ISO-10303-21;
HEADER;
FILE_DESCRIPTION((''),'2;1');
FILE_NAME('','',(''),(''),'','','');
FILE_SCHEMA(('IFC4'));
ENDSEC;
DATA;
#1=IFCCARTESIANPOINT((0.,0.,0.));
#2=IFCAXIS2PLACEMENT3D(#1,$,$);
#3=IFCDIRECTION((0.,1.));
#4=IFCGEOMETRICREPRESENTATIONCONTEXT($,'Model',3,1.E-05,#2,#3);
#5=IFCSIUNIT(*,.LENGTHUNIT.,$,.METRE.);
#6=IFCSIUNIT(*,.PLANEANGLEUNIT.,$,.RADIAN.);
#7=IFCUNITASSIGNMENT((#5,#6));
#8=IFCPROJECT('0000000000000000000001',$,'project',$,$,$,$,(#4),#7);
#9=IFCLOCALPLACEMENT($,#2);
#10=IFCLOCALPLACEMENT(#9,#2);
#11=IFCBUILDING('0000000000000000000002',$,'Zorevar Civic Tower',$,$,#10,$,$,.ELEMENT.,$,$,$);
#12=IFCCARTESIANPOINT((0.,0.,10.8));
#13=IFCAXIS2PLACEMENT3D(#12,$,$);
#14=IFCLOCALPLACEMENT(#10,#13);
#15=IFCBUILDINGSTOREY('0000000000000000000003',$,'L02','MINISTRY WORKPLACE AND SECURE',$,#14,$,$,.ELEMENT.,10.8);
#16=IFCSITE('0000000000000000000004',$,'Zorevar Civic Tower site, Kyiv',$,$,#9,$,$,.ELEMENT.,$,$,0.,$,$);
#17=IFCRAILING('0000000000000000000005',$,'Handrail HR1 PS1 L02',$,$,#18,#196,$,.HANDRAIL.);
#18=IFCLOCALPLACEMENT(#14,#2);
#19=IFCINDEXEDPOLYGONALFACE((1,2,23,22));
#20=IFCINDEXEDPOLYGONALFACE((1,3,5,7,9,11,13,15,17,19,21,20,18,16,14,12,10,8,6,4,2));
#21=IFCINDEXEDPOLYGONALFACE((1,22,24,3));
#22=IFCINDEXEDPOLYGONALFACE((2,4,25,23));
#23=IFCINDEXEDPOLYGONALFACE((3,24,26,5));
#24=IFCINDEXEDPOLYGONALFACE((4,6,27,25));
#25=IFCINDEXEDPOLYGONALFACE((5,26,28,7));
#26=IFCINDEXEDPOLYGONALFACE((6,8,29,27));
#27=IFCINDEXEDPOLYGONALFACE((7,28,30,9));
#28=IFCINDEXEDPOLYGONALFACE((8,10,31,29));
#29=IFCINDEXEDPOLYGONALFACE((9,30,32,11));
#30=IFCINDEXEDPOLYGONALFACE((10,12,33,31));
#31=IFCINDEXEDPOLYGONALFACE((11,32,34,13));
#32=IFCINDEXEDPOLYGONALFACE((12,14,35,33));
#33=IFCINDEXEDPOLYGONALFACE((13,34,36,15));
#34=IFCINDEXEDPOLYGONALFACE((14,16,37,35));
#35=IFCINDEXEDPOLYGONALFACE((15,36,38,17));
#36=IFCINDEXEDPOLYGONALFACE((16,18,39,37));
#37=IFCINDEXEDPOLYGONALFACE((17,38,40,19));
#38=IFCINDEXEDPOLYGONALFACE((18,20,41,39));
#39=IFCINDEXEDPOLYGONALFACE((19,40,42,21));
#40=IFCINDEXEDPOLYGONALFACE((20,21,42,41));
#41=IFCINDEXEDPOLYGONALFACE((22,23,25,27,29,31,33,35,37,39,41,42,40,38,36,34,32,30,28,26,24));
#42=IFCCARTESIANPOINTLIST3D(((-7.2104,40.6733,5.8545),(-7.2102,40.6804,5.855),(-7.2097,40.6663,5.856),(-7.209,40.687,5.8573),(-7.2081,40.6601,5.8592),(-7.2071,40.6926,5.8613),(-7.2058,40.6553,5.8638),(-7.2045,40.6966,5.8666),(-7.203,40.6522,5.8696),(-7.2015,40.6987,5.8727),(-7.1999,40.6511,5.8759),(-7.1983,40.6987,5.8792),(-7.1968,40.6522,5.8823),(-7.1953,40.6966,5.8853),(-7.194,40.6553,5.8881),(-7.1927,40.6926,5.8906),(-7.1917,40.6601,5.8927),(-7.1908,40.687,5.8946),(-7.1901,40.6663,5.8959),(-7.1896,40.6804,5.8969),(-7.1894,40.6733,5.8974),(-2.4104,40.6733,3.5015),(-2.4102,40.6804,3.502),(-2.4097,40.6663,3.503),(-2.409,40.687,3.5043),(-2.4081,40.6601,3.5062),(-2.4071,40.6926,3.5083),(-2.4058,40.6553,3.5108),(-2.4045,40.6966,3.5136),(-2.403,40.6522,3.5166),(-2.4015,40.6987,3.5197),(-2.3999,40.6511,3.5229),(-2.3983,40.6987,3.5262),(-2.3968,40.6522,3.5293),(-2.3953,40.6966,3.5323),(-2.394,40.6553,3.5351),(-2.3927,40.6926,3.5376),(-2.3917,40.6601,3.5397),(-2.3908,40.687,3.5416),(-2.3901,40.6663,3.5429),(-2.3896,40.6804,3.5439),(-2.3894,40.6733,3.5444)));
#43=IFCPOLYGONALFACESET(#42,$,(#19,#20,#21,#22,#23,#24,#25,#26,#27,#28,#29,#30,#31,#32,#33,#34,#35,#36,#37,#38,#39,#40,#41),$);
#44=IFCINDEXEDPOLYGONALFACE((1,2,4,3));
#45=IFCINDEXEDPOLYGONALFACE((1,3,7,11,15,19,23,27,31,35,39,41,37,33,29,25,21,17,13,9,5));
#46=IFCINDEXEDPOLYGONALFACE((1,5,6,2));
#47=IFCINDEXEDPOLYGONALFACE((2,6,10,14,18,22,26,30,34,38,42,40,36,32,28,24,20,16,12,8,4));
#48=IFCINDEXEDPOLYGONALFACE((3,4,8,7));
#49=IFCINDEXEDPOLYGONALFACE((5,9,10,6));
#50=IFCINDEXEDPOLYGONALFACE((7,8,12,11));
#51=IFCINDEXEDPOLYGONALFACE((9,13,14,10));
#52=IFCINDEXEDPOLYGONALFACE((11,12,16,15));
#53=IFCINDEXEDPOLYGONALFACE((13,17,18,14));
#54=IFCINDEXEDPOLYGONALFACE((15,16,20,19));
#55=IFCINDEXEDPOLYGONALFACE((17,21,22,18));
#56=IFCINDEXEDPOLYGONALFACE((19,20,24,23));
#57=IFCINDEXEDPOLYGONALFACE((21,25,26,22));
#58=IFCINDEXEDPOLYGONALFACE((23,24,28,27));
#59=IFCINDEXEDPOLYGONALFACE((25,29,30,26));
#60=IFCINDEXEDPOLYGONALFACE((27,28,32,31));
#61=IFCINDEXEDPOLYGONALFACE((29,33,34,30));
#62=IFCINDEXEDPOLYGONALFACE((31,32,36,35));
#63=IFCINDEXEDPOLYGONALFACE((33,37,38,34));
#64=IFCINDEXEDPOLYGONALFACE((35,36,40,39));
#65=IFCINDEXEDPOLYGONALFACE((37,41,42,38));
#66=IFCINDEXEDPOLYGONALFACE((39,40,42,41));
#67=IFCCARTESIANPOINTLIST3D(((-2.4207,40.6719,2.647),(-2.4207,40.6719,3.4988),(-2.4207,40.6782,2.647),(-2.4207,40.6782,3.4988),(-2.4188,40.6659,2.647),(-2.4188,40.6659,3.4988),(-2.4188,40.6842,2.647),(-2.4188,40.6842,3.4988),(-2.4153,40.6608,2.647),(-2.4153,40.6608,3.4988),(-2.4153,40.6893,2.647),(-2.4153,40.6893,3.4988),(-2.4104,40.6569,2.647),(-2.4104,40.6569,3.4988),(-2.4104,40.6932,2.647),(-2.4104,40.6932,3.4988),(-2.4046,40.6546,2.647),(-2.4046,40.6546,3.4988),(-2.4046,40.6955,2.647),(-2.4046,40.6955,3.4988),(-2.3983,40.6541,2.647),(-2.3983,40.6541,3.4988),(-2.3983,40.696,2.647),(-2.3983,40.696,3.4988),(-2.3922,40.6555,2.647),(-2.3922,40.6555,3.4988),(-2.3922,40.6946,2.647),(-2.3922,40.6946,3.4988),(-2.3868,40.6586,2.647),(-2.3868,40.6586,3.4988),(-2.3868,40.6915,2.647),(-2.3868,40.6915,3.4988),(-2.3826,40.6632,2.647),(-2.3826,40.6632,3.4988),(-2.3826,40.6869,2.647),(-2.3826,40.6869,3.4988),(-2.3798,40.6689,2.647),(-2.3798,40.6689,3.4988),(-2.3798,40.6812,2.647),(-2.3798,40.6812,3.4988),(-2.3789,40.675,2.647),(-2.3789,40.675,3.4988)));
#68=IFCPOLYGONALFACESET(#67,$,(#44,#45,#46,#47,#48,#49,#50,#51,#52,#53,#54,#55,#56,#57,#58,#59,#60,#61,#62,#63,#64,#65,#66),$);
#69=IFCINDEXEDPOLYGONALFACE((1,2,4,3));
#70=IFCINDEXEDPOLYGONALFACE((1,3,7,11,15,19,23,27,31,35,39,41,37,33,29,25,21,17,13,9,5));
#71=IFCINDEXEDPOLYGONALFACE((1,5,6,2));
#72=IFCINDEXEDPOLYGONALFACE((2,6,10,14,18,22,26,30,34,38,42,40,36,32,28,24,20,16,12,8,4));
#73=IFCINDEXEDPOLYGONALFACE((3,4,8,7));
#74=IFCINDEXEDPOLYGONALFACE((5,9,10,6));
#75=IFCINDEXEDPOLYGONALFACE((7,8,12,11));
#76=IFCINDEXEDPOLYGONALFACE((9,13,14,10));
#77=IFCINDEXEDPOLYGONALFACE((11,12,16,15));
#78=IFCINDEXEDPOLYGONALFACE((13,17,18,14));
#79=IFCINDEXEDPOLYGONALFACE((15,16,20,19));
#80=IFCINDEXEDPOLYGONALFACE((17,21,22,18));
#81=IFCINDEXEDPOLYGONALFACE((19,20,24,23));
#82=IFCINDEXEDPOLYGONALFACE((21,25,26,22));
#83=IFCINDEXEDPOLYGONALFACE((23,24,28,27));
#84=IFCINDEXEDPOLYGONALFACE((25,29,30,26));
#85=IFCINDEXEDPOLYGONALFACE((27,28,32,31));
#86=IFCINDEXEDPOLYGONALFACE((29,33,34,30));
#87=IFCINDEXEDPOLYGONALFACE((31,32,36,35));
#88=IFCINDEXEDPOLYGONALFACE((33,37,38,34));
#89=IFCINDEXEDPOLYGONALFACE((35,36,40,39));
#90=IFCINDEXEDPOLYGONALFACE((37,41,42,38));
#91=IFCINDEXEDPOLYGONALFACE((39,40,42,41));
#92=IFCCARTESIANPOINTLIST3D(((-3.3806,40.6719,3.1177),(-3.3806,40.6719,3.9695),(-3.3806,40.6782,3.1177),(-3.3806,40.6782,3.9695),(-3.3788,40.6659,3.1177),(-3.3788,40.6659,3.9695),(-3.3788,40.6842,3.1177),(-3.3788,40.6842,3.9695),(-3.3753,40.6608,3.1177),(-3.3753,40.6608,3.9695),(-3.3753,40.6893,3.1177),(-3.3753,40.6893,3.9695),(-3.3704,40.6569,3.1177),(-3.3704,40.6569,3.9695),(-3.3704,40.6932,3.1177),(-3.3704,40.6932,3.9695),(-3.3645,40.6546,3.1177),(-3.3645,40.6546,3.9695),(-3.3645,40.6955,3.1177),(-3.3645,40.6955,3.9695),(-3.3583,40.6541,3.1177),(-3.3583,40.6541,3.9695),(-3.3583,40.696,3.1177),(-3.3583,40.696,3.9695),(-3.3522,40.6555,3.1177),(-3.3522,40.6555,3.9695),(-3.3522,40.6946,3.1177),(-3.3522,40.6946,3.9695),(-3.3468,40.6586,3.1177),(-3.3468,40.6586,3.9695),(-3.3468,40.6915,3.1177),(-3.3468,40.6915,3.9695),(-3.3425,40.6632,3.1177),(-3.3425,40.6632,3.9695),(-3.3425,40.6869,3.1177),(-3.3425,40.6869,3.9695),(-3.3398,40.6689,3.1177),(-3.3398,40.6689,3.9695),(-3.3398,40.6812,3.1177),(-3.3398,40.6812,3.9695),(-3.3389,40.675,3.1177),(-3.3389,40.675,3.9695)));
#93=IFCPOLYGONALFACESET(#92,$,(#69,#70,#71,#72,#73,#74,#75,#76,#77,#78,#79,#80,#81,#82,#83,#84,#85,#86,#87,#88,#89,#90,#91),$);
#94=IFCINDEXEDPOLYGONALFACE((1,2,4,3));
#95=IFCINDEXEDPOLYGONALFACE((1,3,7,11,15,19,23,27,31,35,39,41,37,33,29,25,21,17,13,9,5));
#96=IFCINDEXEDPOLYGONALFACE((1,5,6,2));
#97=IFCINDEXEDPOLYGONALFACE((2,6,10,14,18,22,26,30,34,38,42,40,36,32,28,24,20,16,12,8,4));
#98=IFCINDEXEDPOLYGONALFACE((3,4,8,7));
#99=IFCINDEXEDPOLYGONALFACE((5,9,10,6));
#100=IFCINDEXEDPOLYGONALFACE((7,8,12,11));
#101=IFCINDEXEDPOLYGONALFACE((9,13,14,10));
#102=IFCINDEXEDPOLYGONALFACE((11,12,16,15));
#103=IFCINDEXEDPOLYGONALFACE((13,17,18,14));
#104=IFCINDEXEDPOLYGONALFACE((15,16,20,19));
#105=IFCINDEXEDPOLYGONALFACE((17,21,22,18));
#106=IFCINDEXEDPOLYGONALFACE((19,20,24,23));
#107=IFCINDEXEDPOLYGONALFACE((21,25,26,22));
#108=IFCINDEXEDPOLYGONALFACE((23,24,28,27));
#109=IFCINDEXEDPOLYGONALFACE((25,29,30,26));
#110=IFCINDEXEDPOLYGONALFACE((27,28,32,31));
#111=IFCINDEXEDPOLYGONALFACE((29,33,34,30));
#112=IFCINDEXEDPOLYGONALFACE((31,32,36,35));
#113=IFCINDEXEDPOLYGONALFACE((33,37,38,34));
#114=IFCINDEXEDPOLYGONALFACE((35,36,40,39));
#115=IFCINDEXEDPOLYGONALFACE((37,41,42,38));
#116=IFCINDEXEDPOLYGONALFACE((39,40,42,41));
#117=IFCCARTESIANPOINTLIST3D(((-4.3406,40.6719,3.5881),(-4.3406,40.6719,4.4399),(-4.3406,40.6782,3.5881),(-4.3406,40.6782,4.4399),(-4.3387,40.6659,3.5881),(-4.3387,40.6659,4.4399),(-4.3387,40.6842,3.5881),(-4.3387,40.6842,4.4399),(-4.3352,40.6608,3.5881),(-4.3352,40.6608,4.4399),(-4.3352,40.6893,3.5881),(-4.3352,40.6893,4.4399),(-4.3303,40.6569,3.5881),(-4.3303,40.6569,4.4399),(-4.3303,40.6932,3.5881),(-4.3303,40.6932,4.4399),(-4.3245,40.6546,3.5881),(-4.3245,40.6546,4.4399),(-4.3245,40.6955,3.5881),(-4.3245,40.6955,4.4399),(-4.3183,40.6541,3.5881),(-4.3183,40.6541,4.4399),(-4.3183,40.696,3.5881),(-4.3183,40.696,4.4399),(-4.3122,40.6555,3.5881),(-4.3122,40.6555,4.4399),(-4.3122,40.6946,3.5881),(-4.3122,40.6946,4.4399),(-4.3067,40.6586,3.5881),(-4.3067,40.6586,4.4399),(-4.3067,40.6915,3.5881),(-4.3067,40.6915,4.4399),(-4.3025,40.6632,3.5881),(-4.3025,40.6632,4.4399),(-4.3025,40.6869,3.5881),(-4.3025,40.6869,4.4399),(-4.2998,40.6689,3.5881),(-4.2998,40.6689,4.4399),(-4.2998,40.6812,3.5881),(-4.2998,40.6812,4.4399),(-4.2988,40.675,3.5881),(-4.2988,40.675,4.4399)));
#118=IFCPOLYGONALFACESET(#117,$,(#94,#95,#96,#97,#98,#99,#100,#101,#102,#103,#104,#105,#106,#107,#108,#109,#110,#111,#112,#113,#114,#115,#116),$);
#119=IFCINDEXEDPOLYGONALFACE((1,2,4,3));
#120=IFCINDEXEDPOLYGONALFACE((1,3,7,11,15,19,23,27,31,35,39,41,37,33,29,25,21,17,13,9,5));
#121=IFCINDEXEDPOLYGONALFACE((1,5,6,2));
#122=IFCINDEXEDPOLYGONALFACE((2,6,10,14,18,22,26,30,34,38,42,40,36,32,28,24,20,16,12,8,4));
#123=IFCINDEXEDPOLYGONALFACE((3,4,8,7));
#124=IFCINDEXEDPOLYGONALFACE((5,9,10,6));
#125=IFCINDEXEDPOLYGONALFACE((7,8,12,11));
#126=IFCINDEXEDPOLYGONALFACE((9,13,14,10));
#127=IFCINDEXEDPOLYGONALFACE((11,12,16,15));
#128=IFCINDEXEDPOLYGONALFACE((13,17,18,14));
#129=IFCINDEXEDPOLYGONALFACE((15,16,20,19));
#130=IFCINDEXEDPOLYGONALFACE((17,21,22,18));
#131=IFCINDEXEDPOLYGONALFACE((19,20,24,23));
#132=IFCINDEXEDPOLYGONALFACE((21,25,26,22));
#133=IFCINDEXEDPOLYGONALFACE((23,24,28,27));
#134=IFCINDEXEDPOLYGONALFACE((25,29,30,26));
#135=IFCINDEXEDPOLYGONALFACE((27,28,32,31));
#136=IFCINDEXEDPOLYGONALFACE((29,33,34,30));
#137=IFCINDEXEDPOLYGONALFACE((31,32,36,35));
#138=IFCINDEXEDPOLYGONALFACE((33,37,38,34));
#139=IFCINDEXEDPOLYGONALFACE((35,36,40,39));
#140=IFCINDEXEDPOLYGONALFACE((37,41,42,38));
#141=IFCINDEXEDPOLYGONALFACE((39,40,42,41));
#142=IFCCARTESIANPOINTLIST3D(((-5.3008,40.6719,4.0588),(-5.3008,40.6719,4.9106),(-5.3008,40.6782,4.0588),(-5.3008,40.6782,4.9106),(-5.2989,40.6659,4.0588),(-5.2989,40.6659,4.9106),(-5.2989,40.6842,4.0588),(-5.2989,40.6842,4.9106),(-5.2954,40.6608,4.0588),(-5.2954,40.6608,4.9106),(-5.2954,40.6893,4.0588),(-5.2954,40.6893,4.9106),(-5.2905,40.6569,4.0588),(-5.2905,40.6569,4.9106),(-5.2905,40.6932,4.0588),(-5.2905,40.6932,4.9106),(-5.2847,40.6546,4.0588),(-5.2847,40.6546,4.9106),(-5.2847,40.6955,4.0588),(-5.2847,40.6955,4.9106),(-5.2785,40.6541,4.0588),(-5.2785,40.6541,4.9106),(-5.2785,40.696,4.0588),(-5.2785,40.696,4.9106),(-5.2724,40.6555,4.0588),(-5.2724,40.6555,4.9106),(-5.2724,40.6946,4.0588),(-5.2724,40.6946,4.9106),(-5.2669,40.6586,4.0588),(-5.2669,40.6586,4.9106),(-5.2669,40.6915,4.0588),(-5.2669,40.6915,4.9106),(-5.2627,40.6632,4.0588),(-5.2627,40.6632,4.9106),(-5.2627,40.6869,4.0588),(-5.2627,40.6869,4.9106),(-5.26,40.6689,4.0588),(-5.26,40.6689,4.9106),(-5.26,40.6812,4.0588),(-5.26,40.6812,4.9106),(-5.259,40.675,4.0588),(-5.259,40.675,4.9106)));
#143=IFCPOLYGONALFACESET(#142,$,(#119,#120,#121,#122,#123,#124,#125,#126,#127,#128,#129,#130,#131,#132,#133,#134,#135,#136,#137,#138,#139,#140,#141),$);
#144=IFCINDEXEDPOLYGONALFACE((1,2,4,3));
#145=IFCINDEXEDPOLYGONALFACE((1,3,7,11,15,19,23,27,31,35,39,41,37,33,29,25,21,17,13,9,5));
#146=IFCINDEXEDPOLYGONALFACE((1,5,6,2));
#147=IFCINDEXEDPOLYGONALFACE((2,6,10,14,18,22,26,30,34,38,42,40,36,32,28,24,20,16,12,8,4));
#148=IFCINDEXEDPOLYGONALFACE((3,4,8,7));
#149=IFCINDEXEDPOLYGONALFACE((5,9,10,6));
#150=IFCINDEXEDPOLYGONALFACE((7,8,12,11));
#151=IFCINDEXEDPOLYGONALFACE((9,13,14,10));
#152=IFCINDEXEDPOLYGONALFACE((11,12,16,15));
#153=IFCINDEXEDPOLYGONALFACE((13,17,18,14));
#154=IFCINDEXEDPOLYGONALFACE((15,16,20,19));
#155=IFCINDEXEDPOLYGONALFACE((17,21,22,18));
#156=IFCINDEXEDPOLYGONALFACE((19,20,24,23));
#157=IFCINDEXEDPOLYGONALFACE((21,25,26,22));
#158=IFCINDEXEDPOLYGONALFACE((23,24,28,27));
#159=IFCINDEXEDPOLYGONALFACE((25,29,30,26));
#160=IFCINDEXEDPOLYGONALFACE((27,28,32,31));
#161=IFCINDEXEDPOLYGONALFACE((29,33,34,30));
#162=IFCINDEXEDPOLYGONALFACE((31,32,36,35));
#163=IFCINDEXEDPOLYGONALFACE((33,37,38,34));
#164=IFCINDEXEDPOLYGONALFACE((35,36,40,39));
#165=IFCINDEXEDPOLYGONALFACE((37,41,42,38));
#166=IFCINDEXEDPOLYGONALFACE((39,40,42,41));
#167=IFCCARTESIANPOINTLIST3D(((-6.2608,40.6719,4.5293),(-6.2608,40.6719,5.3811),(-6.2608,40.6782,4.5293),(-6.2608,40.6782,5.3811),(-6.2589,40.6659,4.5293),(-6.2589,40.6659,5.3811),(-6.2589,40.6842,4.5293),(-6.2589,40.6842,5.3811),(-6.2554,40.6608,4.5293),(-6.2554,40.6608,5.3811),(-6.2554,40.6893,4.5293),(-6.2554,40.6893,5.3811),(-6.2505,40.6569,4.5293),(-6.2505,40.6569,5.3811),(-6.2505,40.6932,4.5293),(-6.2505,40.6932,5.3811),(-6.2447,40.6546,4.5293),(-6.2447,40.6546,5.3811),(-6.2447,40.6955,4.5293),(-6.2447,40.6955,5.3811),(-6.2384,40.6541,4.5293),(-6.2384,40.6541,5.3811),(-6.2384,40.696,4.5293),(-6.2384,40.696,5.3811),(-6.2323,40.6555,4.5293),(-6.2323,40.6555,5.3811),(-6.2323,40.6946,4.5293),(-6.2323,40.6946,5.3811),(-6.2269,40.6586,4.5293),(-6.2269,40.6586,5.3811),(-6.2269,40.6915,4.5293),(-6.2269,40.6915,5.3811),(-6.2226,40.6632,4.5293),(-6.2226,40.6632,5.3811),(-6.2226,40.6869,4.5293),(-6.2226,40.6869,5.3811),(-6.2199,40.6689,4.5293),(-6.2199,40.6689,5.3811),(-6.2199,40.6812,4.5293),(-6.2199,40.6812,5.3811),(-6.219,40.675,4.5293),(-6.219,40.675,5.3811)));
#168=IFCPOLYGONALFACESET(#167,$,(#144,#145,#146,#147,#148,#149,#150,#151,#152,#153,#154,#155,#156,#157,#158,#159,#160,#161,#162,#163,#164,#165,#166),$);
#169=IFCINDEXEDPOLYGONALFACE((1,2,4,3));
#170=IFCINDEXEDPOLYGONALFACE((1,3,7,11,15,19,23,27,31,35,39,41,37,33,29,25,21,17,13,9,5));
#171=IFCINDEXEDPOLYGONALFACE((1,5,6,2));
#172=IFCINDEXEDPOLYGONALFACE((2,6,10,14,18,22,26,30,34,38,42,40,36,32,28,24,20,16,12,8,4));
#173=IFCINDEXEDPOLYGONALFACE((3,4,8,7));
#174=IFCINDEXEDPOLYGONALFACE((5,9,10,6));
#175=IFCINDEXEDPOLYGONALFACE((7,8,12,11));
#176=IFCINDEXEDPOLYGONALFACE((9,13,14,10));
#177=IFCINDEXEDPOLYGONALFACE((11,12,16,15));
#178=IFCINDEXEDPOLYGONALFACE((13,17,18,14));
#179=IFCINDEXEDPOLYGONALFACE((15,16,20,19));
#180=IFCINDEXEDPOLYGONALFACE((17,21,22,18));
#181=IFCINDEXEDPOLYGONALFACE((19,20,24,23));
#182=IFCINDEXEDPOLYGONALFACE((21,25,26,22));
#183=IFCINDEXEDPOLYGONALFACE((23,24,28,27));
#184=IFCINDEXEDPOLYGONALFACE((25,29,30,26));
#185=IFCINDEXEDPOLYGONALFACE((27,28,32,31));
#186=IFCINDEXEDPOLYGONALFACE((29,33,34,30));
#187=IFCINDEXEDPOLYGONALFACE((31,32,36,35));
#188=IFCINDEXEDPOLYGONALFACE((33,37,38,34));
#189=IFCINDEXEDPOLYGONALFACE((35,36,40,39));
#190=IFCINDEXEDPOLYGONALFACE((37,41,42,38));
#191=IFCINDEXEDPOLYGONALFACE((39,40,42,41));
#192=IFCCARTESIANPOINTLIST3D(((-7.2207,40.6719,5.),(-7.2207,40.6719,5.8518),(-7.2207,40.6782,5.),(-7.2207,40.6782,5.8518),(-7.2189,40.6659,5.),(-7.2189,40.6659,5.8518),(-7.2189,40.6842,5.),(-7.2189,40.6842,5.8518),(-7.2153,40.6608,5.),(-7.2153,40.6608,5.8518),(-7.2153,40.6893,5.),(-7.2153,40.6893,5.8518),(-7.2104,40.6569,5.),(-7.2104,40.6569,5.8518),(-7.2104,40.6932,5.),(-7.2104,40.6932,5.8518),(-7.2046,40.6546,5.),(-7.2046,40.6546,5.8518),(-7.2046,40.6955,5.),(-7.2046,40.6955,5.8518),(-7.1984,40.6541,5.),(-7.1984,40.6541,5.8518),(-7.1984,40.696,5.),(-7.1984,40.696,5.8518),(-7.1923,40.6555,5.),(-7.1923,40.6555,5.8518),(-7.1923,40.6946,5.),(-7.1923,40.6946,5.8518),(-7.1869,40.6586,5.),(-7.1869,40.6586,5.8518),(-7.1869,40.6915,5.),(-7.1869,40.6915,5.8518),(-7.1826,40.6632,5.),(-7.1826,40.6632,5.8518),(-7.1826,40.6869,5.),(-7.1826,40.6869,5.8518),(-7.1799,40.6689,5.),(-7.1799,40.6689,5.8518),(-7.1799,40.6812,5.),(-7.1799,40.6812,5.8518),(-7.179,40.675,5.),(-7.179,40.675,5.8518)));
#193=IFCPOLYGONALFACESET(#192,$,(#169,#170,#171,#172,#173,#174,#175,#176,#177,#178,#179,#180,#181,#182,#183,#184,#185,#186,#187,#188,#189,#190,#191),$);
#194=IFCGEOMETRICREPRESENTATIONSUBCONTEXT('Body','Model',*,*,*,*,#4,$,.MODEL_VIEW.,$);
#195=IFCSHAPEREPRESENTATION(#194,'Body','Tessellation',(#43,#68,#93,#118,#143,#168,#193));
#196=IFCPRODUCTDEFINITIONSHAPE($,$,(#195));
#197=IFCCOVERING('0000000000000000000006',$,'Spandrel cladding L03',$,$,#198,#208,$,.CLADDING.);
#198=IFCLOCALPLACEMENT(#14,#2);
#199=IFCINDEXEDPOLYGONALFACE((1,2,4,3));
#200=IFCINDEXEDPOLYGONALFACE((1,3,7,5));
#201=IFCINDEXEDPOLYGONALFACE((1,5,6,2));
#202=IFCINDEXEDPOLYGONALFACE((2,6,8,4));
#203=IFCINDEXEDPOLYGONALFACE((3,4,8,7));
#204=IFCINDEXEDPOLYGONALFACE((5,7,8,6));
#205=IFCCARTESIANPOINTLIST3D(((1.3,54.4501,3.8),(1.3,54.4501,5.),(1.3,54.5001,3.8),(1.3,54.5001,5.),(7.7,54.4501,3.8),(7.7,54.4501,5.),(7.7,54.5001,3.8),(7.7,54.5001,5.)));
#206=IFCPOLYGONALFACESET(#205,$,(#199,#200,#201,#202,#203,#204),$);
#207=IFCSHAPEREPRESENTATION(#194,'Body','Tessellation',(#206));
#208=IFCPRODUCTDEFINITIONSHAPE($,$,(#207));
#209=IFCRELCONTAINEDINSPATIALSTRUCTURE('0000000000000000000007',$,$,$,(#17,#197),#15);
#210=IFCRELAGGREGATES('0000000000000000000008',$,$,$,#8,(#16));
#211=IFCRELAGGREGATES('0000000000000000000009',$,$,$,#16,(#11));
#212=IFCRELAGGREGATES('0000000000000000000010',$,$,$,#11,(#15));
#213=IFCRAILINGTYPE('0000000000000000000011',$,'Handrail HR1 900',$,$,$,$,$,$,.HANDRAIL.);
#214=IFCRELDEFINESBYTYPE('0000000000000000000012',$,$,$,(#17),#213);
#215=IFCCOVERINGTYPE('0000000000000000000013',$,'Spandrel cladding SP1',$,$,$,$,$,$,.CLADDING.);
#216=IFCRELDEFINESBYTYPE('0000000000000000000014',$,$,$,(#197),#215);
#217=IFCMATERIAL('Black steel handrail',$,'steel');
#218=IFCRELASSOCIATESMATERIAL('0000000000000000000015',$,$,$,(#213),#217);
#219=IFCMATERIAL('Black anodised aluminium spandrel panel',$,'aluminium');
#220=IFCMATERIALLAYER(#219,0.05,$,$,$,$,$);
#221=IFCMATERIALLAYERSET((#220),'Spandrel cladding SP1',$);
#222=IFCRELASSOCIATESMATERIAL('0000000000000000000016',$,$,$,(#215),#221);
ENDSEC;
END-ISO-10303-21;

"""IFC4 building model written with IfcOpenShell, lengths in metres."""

from ifc_helpers import new_model, si_unit, direction, frame, frame_2d, origin, origin_2d, place, context, subcontext, project, spatial, rectangle, circle, extrude, material, layer, layer_set, type_object, element, save


model = new_model("IFC4")

# Units and contexts
model_context = context("Model", 3, precision=1e-05, world=origin(), true_north=direction((0.0, 1.0)))
body_context = subcontext(model_context, "Body", "Model", "MODEL_VIEW")
ifc_project = project(units=[si_unit("LENGTHUNIT", "METRE"), si_unit("PLANEANGLEUNIT", "RADIAN")], contexts=[model_context])

# Site, building, storey
site_placement = place(None, origin())
site = spatial("IfcSite", under=ifc_project, at=site_placement, Name="Zorevar Civic Tower site, Kyiv", CompositionType="ELEMENT", RefElevation=0.0)
building_placement = place(site_placement, origin())
building = spatial("IfcBuilding", under=site, at=building_placement, Name="Zorevar Civic Tower", CompositionType="ELEMENT")
storey_placement = place(building_placement, frame((0.0, 0.0, 10.8)))
storey = spatial("IfcBuildingStorey", under=building, at=storey_placement, Name="L02", Description="MINISTRY WORKPLACE AND SECURE", CompositionType="ELEMENT", Elevation=10.8)

# Railing
ifc_material_1 = material(Name="Black steel handrail", Category="steel")
railing_type = type_object("IfcRailingType", Name="Handrail HR1 900", PredefinedType="HANDRAIL", material=ifc_material_1)
railing_1_placement = place(storey_placement, frame((-2.3999, 40.675, 2.647)))
element("IfcRailing", 1, at=railing_1_placement, inside=storey, type_object=railing_type, Name="Handrail HR1 PS1 L02", PredefinedType="HANDRAIL", context=body_context, shape_type="SweptSolid", body=[
    extrude(circle(Radius=0.0239, at=origin_2d()), frame((0.0, 0.0, 0.876), z_axis=(-0.897916, 0.0, 0.440167), x_axis=(0.0, -1.0, 0.0)), (0.0, 0.0, 1.0), 5.3457),
    extrude(circle(Radius=0.021, at=origin_2d()), origin(), (0.0, 0.0, 1.0), 0.8518),
    extrude(circle(Radius=0.021, at=origin_2d()), frame((-0.96, 0.0, 0.4707)), (0.0, 0.0, 1.0), 0.8518),
    extrude(circle(Radius=0.021, at=origin_2d()), frame((-1.9199, 0.0, 0.9412)), (0.0, 0.0, 1.0), 0.8518),
    extrude(circle(Radius=0.021, at=origin_2d()), frame((-2.8801, 0.0, 1.4119)), (0.0, 0.0, 1.0), 0.8518),
    extrude(circle(Radius=0.021, at=origin_2d()), frame((-3.8401, 0.0, 1.8823)), (0.0, 0.0, 1.0), 0.8518),
    extrude(circle(Radius=0.021, at=origin_2d()), frame((-4.8, 0.0, 2.353)), (0.0, 0.0, 1.0), 0.8518),
])

# Covering
ifc_material_2 = material(Name="Black anodised aluminium spandrel panel", Category="aluminium")
ifc_layer_1 = layer(ifc_material_2, 0.05)
ifc_layer_set_1 = layer_set([ifc_layer_1], Name="Spandrel cladding SP1")
covering_type = type_object("IfcCoveringType", Name="Spandrel cladding SP1", PredefinedType="CLADDING", material=ifc_layer_set_1)
covering_placement = place(storey_placement, frame((1.3, 54.4751, 3.8), z_axis=(0.0, 0.0, 1.0), x_axis=(1.0, 0.0, 0.0)))
element("IfcCovering", 2, at=covering_placement, inside=storey, type_object=covering_type, Name="Spandrel cladding L03", PredefinedType="CLADDING", context=body_context, shape_type="SweptSolid", body=[
    extrude(rectangle(XDim=6.3999, YDim=0.05, at=frame_2d((3.2, 0.0))), origin(), (0.0, 0.0, 1.0), 1.2),
])

save(model, "model.ifc")
